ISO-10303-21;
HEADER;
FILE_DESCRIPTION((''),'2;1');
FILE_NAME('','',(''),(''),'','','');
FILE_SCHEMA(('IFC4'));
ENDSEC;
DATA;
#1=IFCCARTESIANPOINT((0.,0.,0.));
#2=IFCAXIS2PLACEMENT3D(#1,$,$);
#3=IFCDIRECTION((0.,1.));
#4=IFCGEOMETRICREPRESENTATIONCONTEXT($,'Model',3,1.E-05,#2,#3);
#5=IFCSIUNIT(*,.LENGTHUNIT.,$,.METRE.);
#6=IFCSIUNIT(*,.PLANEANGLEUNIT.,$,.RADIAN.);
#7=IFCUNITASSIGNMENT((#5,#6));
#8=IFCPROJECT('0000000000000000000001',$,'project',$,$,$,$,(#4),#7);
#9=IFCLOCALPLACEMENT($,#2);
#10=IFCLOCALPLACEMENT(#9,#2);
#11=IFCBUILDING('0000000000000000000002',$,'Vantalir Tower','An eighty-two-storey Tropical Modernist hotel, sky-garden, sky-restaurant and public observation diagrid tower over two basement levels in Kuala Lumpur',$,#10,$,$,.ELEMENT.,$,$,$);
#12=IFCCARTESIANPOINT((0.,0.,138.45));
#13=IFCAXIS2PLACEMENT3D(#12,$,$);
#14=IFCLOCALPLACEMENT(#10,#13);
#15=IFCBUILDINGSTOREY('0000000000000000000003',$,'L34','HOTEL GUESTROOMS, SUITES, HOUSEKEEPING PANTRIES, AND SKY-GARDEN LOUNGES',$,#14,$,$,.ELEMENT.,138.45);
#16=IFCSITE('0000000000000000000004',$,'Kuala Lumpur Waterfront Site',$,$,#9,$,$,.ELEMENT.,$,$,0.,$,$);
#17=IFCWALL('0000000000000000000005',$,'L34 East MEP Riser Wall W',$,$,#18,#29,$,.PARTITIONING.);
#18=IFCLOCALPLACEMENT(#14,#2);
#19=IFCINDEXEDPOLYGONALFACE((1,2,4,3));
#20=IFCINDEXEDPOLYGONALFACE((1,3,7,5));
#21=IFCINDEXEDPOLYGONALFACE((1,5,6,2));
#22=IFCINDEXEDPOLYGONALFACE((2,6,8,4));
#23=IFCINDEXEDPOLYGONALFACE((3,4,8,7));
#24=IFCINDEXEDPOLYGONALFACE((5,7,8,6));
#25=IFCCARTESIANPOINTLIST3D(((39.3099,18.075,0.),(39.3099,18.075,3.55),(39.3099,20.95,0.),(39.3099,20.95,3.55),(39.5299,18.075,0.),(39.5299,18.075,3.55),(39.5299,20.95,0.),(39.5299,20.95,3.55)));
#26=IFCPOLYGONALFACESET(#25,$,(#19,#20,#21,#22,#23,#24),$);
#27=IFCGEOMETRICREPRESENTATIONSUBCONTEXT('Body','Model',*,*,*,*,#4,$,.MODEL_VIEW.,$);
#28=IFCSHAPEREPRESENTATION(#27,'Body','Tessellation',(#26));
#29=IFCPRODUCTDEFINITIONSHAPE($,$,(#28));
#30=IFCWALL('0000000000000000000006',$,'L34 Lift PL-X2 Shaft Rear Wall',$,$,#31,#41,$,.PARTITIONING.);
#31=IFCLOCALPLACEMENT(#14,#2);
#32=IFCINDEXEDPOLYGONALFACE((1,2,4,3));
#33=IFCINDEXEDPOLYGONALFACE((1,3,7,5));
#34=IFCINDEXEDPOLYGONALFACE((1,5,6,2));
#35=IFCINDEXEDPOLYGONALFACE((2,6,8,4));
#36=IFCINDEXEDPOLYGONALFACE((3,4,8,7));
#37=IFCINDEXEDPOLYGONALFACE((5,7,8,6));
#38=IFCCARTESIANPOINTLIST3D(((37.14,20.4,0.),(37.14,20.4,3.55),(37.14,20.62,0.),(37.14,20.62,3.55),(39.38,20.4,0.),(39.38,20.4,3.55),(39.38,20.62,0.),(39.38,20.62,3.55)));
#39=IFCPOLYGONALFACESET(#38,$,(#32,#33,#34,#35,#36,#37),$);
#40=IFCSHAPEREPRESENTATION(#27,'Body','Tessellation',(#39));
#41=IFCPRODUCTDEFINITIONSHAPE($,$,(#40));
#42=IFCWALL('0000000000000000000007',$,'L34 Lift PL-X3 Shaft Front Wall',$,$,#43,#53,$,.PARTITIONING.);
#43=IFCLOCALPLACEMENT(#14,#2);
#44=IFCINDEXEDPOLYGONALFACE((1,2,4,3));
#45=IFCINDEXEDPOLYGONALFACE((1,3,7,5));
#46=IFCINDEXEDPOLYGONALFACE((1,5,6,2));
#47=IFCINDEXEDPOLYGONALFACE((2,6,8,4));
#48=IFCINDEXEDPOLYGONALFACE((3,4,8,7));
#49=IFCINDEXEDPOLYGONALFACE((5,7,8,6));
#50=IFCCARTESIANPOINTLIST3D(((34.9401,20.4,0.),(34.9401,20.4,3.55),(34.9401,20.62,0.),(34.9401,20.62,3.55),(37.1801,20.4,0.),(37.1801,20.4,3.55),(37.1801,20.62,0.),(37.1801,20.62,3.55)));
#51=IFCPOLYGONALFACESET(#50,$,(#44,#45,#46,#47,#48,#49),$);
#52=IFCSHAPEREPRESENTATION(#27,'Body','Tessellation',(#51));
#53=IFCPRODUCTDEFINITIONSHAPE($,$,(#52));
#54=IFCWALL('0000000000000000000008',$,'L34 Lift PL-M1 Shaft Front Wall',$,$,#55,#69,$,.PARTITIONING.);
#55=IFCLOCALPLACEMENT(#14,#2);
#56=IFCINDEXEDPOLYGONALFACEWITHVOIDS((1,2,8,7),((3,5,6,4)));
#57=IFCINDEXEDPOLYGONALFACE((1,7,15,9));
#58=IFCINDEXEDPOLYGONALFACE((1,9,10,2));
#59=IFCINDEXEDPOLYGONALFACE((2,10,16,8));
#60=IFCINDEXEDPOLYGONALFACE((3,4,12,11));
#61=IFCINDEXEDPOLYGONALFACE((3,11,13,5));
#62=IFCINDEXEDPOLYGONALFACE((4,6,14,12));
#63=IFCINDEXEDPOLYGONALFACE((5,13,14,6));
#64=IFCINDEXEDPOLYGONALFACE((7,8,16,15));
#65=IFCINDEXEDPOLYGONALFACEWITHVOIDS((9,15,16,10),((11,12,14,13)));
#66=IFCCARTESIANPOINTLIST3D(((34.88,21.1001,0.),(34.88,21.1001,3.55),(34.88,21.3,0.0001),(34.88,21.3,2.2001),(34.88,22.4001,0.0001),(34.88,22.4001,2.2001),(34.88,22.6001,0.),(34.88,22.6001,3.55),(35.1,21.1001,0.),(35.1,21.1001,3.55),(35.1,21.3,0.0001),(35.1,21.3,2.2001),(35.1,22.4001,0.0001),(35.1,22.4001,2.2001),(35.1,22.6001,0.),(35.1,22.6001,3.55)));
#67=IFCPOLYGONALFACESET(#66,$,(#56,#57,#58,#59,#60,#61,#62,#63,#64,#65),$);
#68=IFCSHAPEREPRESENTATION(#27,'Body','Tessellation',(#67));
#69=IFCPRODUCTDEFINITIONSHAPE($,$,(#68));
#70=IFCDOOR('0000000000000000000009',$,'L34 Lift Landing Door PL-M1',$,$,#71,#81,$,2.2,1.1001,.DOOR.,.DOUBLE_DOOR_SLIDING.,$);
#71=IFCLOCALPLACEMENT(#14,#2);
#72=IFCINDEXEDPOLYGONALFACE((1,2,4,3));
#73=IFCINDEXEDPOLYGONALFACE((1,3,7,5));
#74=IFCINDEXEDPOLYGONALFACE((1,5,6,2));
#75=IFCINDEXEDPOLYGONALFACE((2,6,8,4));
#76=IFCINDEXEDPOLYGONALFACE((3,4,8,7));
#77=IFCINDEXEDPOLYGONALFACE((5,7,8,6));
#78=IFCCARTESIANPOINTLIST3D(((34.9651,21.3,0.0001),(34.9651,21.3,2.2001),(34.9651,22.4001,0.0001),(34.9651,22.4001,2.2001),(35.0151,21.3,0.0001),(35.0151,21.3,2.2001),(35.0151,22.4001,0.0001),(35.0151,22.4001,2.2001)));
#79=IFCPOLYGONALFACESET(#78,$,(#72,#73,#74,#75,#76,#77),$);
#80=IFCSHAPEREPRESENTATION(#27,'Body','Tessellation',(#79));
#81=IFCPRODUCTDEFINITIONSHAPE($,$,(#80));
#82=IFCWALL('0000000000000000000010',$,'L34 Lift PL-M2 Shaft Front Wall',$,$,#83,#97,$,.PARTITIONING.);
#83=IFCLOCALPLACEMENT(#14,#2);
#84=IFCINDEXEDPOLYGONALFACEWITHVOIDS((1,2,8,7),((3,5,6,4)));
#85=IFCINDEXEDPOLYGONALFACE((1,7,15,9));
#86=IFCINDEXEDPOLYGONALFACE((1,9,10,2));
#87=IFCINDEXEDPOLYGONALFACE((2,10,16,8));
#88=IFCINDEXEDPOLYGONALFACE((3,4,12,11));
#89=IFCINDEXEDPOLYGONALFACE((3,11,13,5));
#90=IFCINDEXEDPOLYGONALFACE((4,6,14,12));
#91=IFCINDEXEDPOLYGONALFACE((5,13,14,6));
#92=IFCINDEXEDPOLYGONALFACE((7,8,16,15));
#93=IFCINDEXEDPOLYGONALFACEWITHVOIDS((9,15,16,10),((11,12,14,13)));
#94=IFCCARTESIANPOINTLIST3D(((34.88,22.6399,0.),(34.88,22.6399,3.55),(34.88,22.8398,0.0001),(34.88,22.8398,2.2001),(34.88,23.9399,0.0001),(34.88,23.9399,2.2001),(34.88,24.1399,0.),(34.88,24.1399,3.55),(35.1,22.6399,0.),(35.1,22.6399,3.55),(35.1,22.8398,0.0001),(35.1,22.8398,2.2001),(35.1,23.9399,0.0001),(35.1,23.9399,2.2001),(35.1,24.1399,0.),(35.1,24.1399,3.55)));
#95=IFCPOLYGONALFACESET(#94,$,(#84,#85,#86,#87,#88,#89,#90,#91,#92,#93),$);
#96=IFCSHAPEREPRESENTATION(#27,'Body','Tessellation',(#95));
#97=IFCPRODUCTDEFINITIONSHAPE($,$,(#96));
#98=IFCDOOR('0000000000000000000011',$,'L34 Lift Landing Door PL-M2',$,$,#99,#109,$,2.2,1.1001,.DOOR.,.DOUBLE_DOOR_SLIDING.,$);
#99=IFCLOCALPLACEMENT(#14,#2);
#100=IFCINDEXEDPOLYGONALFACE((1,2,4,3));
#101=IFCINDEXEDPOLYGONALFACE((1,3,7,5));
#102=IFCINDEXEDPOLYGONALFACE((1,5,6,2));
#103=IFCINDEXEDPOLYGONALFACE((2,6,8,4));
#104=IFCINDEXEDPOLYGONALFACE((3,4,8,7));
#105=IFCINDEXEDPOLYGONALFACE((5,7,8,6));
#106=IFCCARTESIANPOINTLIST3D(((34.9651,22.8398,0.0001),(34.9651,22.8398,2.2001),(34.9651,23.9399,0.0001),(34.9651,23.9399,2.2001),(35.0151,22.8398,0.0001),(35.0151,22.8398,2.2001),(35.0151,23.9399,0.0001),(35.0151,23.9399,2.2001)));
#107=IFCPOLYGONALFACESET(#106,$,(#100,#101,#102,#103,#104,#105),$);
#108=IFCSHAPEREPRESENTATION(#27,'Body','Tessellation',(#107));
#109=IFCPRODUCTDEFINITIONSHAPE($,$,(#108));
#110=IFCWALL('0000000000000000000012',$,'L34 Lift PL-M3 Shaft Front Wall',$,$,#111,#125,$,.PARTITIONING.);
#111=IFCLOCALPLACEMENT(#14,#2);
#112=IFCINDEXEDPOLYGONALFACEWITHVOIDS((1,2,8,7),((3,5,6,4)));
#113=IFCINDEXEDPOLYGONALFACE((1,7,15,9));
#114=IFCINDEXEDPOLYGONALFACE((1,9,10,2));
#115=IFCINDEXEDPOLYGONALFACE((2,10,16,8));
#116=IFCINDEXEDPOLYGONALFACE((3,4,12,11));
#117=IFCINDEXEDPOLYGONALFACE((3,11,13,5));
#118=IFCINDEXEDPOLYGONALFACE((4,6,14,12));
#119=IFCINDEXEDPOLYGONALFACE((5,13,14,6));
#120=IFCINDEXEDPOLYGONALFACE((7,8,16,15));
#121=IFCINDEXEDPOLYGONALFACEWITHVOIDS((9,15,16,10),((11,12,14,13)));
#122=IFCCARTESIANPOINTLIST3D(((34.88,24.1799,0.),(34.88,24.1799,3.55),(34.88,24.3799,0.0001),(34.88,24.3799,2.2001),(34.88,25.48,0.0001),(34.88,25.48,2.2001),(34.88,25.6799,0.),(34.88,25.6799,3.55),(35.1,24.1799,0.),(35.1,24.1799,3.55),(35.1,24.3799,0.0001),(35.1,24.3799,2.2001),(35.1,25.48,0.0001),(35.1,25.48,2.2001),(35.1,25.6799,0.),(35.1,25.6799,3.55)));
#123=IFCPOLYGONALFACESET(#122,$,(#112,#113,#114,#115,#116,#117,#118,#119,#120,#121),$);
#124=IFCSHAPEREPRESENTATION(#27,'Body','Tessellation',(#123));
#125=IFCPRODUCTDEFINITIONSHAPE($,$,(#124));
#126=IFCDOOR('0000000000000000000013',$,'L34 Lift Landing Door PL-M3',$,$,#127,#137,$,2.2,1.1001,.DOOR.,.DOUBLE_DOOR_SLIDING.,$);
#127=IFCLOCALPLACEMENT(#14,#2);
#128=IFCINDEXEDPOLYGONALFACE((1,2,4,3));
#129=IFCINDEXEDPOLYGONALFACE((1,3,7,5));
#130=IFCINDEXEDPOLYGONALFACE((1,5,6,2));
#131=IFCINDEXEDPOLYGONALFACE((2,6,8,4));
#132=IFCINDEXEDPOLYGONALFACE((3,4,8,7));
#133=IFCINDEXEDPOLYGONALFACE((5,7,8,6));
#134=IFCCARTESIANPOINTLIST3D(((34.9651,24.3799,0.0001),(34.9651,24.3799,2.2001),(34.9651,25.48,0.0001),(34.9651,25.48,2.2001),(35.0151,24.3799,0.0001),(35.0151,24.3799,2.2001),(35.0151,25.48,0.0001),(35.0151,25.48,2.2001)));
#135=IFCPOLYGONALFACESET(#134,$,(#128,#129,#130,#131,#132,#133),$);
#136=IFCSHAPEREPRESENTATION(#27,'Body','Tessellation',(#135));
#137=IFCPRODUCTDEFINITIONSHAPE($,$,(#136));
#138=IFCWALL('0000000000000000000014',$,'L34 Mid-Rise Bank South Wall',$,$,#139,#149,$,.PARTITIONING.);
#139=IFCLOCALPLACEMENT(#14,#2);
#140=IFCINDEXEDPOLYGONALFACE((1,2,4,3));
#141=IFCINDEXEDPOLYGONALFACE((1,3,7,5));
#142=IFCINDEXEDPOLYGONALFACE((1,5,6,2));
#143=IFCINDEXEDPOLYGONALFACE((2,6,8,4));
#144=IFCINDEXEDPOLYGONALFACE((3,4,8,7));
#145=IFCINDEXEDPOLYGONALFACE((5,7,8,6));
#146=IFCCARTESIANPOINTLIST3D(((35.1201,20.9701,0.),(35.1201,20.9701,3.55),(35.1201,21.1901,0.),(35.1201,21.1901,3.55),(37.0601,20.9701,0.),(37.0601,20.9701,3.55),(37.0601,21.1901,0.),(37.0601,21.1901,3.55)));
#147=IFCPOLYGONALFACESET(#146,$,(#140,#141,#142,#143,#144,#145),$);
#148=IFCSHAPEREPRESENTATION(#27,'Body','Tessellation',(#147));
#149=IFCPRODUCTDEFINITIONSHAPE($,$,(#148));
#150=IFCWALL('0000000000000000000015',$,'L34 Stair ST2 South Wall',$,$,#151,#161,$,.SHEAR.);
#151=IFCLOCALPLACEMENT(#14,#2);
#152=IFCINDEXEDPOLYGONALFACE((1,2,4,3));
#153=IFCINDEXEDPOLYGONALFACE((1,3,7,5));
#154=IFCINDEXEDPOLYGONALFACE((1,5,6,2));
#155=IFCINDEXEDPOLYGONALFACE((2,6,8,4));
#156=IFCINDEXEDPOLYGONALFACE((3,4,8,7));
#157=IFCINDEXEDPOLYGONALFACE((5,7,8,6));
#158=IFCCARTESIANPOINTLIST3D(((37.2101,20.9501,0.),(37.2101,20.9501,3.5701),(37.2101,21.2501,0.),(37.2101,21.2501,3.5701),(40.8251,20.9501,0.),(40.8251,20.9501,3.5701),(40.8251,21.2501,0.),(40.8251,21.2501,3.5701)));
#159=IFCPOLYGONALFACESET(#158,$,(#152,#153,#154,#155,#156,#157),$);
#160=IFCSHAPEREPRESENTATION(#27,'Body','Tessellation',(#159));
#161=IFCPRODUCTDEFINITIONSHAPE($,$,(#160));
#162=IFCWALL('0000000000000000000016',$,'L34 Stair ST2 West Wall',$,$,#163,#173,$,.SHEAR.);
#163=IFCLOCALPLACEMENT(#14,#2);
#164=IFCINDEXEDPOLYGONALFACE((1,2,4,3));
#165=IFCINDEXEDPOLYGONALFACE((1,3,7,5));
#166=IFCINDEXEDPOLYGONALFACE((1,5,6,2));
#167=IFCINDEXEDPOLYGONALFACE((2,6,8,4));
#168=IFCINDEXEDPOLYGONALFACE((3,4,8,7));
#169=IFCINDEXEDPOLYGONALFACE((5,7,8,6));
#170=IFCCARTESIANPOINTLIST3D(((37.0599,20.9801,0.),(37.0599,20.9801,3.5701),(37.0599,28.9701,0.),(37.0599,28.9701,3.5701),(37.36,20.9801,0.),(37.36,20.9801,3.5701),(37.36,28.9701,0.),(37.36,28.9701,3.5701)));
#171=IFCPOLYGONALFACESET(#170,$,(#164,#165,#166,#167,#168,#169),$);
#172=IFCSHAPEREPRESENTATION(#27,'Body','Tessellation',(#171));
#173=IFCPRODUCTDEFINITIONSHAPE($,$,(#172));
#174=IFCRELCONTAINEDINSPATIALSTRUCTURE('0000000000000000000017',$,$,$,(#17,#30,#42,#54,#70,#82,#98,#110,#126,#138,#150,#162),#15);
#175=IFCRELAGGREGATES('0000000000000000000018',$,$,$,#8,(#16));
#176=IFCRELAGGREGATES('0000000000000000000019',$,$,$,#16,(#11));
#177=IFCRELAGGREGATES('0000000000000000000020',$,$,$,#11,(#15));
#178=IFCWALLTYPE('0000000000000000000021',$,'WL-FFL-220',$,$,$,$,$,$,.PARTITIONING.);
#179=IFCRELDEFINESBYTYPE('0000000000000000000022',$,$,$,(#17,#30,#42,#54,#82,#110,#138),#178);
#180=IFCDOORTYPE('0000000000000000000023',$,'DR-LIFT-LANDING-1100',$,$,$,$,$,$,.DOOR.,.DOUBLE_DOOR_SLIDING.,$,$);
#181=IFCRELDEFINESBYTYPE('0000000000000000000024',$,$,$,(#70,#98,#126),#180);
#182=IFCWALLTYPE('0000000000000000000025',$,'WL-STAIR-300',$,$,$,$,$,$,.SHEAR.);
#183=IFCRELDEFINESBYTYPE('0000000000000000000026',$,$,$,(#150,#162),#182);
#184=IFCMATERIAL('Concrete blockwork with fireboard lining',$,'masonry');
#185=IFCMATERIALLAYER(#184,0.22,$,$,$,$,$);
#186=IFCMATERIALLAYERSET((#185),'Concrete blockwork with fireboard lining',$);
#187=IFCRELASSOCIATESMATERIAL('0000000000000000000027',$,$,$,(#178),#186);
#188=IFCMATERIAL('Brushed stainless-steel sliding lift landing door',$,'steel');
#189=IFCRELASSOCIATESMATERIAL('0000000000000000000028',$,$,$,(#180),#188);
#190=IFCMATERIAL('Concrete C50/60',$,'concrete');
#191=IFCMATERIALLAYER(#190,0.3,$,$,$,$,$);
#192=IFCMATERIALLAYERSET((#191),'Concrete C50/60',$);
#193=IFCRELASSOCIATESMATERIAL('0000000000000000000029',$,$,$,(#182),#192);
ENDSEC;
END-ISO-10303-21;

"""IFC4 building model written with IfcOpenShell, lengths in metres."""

from ifc_helpers import new_model, si_unit, direction, frame, frame_2d, origin, place, context, subcontext, project, spatial, rectangle, extrude, material, layer, layer_set, type_object, element, fill, save


model = new_model("IFC4")

# Units and contexts
model_context = context("Model", 3, precision=1e-05, world=origin(), true_north=direction((0.0, 1.0)))
body_context = subcontext(model_context, "Body", "Model", "MODEL_VIEW")
ifc_project = project(units=[si_unit("LENGTHUNIT", "METRE"), si_unit("PLANEANGLEUNIT", "RADIAN")], contexts=[model_context])

# Site, building, storey
site_placement = place(None, origin())
site = spatial("IfcSite", under=ifc_project, at=site_placement, Name="Kuala Lumpur Waterfront Site", CompositionType="ELEMENT", RefElevation=0.0)
building_placement = place(site_placement, origin())
building = spatial("IfcBuilding", under=site, at=building_placement, Name="Vantalir Tower", Description="An eighty-two-storey Tropical Modernist hotel, sky-garden, sky-restaurant and public observation diagrid tower over two basement levels in Kuala Lumpur", CompositionType="ELEMENT")
storey_placement = place(building_placement, frame((0.0, 0.0, 138.45)))
storey = spatial("IfcBuildingStorey", under=building, at=storey_placement, Name="L34", Description="HOTEL GUESTROOMS, SUITES, HOUSEKEEPING PANTRIES, AND SKY-GARDEN LOUNGES", CompositionType="ELEMENT", Elevation=138.45)

# Walls
ifc_material_1 = material(Name="Concrete blockwork with fireboard lining", Category="masonry")
ifc_layer_1 = layer(ifc_material_1, 0.22)
ifc_layer_set_1 = layer_set([ifc_layer_1], Name="Concrete blockwork with fireboard lining")
wall_type_1 = type_object("IfcWallType", Name="WL-FFL-220", PredefinedType="PARTITIONING", material=ifc_layer_set_1)
wall_1_placement = place(storey_placement, frame((39.4199, 18.075, 0.0), z_axis=(0.0, 0.0, 1.0), x_axis=(0.0, 1.0, 0.0)))
element("IfcWall", 1, at=wall_1_placement, inside=storey, type_object=wall_type_1, Name="L34 East MEP Riser Wall W", PredefinedType="PARTITIONING", context=body_context, shape_type="SweptSolid", body=[
    extrude(rectangle(XDim=2.875, YDim=0.22, at=frame_2d((1.4375, 0.0))), origin(), (0.0, 0.0, 1.0), 3.55),
])
for number, where, z_axis, x_axis, name in (
    (2, (37.1399, 20.51, 0.0), (0.0, 0.0, 1.0), (1.0, 0.0, 0.0), "L34 Lift PL-X2 Shaft Rear Wall"),
    (3, (34.9399, 20.51, 0.0), (0.0, 0.0, 1.0), (1.0, 0.0, 0.0), "L34 Lift PL-X3 Shaft Front Wall"),
):
    element("IfcWall", number, at=place(storey_placement, frame(where, z_axis=z_axis, x_axis=x_axis)), inside=storey, type_object=wall_type_1, Name=name, PredefinedType="PARTITIONING", context=body_context, shape_type="SweptSolid", body=[
        extrude(rectangle(XDim=2.24, YDim=0.22, at=frame_2d((1.1201, 0.0))), origin(), (0.0, 0.0, 1.0), 3.55),
    ])

# Walls, openings, doors
wall_2_placement = place(storey_placement, frame((34.99, 21.1001, 0.0), z_axis=(0.0, 0.0, 1.0), x_axis=(0.0, 1.0, 0.0)))
wall_2 = element("IfcWall", 4, at=wall_2_placement, inside=storey, type_object=wall_type_1, Name="L34 Lift PL-M1 Shaft Front Wall", PredefinedType="PARTITIONING", context=body_context, shape_type="SweptSolid", body=[
    extrude(rectangle(XDim=1.5, YDim=0.22, at=frame_2d((0.75, 0.0))), origin(), (0.0, 0.0, 1.0), 3.55),
])
opening_1_placement = place(wall_2_placement, frame((0.2, 0.0, 0.0)))
opening_1 = element("IfcOpeningElement", 5, at=opening_1_placement, cuts=wall_2, PredefinedType="OPENING", context=body_context, shape_type="SweptSolid", body=[
    extrude(rectangle(XDim=1.1001, YDim=2.2, at=frame_2d((0.55, 1.1001))), frame((0.0, 0.1199, 0.0), z_axis=(0.0, -1.0, 0.0), x_axis=(1.0, 0.0, 0.0)), (0.0, 0.0, 1.0), 0.24),
])
ifc_material_2 = material(Name="Brushed stainless-steel sliding lift landing door", Category="steel")
door_type_1 = type_object("IfcDoorType", Name="DR-LIFT-LANDING-1100", OperationType="DOUBLE_DOOR_SLIDING", PredefinedType="DOOR", material=ifc_material_2)
door_1_placement = place(opening_1_placement, origin())
door_1 = element("IfcDoor", 6, at=door_1_placement, inside=storey, type_object=door_type_1, Name="L34 Lift Landing Door PL-M1", OperationType="DOUBLE_DOOR_SLIDING", OverallHeight=2.2, OverallWidth=1.1001, PredefinedType="DOOR", context=body_context, shape_type="SweptSolid", body=[
    extrude(rectangle(XDim=1.1001, YDim=2.2, at=frame_2d((0.55, 1.1001))), frame((0.0, 0.0249, 0.0), z_axis=(0.0, -1.0, 0.0), x_axis=(1.0, 0.0, 0.0)), (0.0, 0.0, 1.0), 0.05),
])
fill(opening_1, door_1)
wall_3_placement = place(storey_placement, frame((34.99, 22.6399, 0.0), z_axis=(0.0, 0.0, 1.0), x_axis=(0.0, 1.0, 0.0)))
wall_3 = element("IfcWall", 7, at=wall_3_placement, inside=storey, type_object=wall_type_1, Name="L34 Lift PL-M2 Shaft Front Wall", PredefinedType="PARTITIONING", context=body_context, shape_type="SweptSolid", body=[
    extrude(rectangle(XDim=1.5, YDim=0.22, at=frame_2d((0.75, 0.0))), origin(), (0.0, 0.0, 1.0), 3.55),
])
opening_2_placement = place(wall_3_placement, frame((0.2, 0.0, 0.0)))
opening_2 = element("IfcOpeningElement", 8, at=opening_2_placement, cuts=wall_3, PredefinedType="OPENING", context=body_context, shape_type="SweptSolid", body=[
    extrude(rectangle(XDim=1.1001, YDim=2.2, at=frame_2d((0.55, 1.1001))), frame((0.0, 0.1199, 0.0), z_axis=(0.0, -1.0, 0.0), x_axis=(1.0, 0.0, 0.0)), (0.0, 0.0, 1.0), 0.24),
])
door_2_placement = place(opening_2_placement, origin())
door_2 = element("IfcDoor", 9, at=door_2_placement, inside=storey, type_object=door_type_1, Name="L34 Lift Landing Door PL-M2", OperationType="DOUBLE_DOOR_SLIDING", OverallHeight=2.2, OverallWidth=1.1001, PredefinedType="DOOR", context=body_context, shape_type="SweptSolid", body=[
    extrude(rectangle(XDim=1.1001, YDim=2.2, at=frame_2d((0.55, 1.1001))), frame((0.0, 0.0249, 0.0), z_axis=(0.0, -1.0, 0.0), x_axis=(1.0, 0.0, 0.0)), (0.0, 0.0, 1.0), 0.05),
])
fill(opening_2, door_2)
wall_4_placement = place(storey_placement, frame((34.99, 24.1799, 0.0), z_axis=(0.0, 0.0, 1.0), x_axis=(0.0, 1.0, 0.0)))
wall_4 = element("IfcWall", 10, at=wall_4_placement, inside=storey, type_object=wall_type_1, Name="L34 Lift PL-M3 Shaft Front Wall", PredefinedType="PARTITIONING", context=body_context, shape_type="SweptSolid", body=[
    extrude(rectangle(XDim=1.5, YDim=0.22, at=frame_2d((0.75, 0.0))), origin(), (0.0, 0.0, 1.0), 3.55),
])
opening_3_placement = place(wall_4_placement, frame((0.2, 0.0, 0.0)))
opening_3 = element("IfcOpeningElement", 11, at=opening_3_placement, cuts=wall_4, PredefinedType="OPENING", context=body_context, shape_type="SweptSolid", body=[
    extrude(rectangle(XDim=1.1001, YDim=2.2, at=frame_2d((0.55, 1.1001))), frame((0.0, 0.1199, 0.0), z_axis=(0.0, -1.0, 0.0), x_axis=(1.0, 0.0, 0.0)), (0.0, 0.0, 1.0), 0.24),
])
door_3_placement = place(opening_3_placement, origin())
door_3 = element("IfcDoor", 12, at=door_3_placement, inside=storey, type_object=door_type_1, Name="L34 Lift Landing Door PL-M3", OperationType="DOUBLE_DOOR_SLIDING", OverallHeight=2.2, OverallWidth=1.1001, PredefinedType="DOOR", context=body_context, shape_type="SweptSolid", body=[
    extrude(rectangle(XDim=1.1001, YDim=2.2, at=frame_2d((0.55, 1.1001))), frame((0.0, 0.0249, 0.0), z_axis=(0.0, -1.0, 0.0), x_axis=(1.0, 0.0, 0.0)), (0.0, 0.0, 1.0), 0.05),
])
fill(opening_3, door_3)

# Walls
wall_5_placement = place(storey_placement, frame((35.1201, 21.0801, 0.0), z_axis=(0.0, 0.0, 1.0), x_axis=(1.0, 0.0, 0.0)))
element("IfcWall", 13, at=wall_5_placement, inside=storey, type_object=wall_type_1, Name="L34 Mid-Rise Bank South Wall", PredefinedType="PARTITIONING", context=body_context, shape_type="SweptSolid", body=[
    extrude(rectangle(XDim=1.9399, YDim=0.22, at=frame_2d((0.97, 0.0))), origin(), (0.0, 0.0, 1.0), 3.55),
])
ifc_material_3 = material(Name="Concrete C50/60", Category="concrete")
ifc_layer_2 = layer(ifc_material_3, 0.3)
ifc_layer_set_2 = layer_set([ifc_layer_2], Name="Concrete C50/60")
wall_type_2 = type_object("IfcWallType", Name="WL-STAIR-300", PredefinedType="SHEAR", material=ifc_layer_set_2)
wall_6_placement = place(storey_placement, frame((37.21, 21.1001, 0.0), z_axis=(0.0, 0.0, 1.0), x_axis=(1.0, 0.0, 0.0)))
element("IfcWall", 14, at=wall_6_placement, inside=storey, type_object=wall_type_2, Name="L34 Stair ST2 South Wall", PredefinedType="SHEAR", context=body_context, shape_type="SweptSolid", body=[
    extrude(rectangle(XDim=3.615, YDim=0.3, at=frame_2d((1.8076, 0.0))), origin(), (0.0, 0.0, 1.0), 3.5701),
])
wall_7_placement = place(storey_placement, frame((37.21, 20.98, 0.0), z_axis=(0.0, 0.0, 1.0), x_axis=(0.0, 1.0, 0.0)))
element("IfcWall", 15, at=wall_7_placement, inside=storey, type_object=wall_type_2, Name="L34 Stair ST2 West Wall", PredefinedType="SHEAR", context=body_context, shape_type="SweptSolid", body=[
    extrude(rectangle(XDim=7.99, YDim=0.3, at=frame_2d((3.9951, 0.0))), origin(), (0.0, 0.0, 1.0), 3.5701),
])

save(model, "model.ifc")
